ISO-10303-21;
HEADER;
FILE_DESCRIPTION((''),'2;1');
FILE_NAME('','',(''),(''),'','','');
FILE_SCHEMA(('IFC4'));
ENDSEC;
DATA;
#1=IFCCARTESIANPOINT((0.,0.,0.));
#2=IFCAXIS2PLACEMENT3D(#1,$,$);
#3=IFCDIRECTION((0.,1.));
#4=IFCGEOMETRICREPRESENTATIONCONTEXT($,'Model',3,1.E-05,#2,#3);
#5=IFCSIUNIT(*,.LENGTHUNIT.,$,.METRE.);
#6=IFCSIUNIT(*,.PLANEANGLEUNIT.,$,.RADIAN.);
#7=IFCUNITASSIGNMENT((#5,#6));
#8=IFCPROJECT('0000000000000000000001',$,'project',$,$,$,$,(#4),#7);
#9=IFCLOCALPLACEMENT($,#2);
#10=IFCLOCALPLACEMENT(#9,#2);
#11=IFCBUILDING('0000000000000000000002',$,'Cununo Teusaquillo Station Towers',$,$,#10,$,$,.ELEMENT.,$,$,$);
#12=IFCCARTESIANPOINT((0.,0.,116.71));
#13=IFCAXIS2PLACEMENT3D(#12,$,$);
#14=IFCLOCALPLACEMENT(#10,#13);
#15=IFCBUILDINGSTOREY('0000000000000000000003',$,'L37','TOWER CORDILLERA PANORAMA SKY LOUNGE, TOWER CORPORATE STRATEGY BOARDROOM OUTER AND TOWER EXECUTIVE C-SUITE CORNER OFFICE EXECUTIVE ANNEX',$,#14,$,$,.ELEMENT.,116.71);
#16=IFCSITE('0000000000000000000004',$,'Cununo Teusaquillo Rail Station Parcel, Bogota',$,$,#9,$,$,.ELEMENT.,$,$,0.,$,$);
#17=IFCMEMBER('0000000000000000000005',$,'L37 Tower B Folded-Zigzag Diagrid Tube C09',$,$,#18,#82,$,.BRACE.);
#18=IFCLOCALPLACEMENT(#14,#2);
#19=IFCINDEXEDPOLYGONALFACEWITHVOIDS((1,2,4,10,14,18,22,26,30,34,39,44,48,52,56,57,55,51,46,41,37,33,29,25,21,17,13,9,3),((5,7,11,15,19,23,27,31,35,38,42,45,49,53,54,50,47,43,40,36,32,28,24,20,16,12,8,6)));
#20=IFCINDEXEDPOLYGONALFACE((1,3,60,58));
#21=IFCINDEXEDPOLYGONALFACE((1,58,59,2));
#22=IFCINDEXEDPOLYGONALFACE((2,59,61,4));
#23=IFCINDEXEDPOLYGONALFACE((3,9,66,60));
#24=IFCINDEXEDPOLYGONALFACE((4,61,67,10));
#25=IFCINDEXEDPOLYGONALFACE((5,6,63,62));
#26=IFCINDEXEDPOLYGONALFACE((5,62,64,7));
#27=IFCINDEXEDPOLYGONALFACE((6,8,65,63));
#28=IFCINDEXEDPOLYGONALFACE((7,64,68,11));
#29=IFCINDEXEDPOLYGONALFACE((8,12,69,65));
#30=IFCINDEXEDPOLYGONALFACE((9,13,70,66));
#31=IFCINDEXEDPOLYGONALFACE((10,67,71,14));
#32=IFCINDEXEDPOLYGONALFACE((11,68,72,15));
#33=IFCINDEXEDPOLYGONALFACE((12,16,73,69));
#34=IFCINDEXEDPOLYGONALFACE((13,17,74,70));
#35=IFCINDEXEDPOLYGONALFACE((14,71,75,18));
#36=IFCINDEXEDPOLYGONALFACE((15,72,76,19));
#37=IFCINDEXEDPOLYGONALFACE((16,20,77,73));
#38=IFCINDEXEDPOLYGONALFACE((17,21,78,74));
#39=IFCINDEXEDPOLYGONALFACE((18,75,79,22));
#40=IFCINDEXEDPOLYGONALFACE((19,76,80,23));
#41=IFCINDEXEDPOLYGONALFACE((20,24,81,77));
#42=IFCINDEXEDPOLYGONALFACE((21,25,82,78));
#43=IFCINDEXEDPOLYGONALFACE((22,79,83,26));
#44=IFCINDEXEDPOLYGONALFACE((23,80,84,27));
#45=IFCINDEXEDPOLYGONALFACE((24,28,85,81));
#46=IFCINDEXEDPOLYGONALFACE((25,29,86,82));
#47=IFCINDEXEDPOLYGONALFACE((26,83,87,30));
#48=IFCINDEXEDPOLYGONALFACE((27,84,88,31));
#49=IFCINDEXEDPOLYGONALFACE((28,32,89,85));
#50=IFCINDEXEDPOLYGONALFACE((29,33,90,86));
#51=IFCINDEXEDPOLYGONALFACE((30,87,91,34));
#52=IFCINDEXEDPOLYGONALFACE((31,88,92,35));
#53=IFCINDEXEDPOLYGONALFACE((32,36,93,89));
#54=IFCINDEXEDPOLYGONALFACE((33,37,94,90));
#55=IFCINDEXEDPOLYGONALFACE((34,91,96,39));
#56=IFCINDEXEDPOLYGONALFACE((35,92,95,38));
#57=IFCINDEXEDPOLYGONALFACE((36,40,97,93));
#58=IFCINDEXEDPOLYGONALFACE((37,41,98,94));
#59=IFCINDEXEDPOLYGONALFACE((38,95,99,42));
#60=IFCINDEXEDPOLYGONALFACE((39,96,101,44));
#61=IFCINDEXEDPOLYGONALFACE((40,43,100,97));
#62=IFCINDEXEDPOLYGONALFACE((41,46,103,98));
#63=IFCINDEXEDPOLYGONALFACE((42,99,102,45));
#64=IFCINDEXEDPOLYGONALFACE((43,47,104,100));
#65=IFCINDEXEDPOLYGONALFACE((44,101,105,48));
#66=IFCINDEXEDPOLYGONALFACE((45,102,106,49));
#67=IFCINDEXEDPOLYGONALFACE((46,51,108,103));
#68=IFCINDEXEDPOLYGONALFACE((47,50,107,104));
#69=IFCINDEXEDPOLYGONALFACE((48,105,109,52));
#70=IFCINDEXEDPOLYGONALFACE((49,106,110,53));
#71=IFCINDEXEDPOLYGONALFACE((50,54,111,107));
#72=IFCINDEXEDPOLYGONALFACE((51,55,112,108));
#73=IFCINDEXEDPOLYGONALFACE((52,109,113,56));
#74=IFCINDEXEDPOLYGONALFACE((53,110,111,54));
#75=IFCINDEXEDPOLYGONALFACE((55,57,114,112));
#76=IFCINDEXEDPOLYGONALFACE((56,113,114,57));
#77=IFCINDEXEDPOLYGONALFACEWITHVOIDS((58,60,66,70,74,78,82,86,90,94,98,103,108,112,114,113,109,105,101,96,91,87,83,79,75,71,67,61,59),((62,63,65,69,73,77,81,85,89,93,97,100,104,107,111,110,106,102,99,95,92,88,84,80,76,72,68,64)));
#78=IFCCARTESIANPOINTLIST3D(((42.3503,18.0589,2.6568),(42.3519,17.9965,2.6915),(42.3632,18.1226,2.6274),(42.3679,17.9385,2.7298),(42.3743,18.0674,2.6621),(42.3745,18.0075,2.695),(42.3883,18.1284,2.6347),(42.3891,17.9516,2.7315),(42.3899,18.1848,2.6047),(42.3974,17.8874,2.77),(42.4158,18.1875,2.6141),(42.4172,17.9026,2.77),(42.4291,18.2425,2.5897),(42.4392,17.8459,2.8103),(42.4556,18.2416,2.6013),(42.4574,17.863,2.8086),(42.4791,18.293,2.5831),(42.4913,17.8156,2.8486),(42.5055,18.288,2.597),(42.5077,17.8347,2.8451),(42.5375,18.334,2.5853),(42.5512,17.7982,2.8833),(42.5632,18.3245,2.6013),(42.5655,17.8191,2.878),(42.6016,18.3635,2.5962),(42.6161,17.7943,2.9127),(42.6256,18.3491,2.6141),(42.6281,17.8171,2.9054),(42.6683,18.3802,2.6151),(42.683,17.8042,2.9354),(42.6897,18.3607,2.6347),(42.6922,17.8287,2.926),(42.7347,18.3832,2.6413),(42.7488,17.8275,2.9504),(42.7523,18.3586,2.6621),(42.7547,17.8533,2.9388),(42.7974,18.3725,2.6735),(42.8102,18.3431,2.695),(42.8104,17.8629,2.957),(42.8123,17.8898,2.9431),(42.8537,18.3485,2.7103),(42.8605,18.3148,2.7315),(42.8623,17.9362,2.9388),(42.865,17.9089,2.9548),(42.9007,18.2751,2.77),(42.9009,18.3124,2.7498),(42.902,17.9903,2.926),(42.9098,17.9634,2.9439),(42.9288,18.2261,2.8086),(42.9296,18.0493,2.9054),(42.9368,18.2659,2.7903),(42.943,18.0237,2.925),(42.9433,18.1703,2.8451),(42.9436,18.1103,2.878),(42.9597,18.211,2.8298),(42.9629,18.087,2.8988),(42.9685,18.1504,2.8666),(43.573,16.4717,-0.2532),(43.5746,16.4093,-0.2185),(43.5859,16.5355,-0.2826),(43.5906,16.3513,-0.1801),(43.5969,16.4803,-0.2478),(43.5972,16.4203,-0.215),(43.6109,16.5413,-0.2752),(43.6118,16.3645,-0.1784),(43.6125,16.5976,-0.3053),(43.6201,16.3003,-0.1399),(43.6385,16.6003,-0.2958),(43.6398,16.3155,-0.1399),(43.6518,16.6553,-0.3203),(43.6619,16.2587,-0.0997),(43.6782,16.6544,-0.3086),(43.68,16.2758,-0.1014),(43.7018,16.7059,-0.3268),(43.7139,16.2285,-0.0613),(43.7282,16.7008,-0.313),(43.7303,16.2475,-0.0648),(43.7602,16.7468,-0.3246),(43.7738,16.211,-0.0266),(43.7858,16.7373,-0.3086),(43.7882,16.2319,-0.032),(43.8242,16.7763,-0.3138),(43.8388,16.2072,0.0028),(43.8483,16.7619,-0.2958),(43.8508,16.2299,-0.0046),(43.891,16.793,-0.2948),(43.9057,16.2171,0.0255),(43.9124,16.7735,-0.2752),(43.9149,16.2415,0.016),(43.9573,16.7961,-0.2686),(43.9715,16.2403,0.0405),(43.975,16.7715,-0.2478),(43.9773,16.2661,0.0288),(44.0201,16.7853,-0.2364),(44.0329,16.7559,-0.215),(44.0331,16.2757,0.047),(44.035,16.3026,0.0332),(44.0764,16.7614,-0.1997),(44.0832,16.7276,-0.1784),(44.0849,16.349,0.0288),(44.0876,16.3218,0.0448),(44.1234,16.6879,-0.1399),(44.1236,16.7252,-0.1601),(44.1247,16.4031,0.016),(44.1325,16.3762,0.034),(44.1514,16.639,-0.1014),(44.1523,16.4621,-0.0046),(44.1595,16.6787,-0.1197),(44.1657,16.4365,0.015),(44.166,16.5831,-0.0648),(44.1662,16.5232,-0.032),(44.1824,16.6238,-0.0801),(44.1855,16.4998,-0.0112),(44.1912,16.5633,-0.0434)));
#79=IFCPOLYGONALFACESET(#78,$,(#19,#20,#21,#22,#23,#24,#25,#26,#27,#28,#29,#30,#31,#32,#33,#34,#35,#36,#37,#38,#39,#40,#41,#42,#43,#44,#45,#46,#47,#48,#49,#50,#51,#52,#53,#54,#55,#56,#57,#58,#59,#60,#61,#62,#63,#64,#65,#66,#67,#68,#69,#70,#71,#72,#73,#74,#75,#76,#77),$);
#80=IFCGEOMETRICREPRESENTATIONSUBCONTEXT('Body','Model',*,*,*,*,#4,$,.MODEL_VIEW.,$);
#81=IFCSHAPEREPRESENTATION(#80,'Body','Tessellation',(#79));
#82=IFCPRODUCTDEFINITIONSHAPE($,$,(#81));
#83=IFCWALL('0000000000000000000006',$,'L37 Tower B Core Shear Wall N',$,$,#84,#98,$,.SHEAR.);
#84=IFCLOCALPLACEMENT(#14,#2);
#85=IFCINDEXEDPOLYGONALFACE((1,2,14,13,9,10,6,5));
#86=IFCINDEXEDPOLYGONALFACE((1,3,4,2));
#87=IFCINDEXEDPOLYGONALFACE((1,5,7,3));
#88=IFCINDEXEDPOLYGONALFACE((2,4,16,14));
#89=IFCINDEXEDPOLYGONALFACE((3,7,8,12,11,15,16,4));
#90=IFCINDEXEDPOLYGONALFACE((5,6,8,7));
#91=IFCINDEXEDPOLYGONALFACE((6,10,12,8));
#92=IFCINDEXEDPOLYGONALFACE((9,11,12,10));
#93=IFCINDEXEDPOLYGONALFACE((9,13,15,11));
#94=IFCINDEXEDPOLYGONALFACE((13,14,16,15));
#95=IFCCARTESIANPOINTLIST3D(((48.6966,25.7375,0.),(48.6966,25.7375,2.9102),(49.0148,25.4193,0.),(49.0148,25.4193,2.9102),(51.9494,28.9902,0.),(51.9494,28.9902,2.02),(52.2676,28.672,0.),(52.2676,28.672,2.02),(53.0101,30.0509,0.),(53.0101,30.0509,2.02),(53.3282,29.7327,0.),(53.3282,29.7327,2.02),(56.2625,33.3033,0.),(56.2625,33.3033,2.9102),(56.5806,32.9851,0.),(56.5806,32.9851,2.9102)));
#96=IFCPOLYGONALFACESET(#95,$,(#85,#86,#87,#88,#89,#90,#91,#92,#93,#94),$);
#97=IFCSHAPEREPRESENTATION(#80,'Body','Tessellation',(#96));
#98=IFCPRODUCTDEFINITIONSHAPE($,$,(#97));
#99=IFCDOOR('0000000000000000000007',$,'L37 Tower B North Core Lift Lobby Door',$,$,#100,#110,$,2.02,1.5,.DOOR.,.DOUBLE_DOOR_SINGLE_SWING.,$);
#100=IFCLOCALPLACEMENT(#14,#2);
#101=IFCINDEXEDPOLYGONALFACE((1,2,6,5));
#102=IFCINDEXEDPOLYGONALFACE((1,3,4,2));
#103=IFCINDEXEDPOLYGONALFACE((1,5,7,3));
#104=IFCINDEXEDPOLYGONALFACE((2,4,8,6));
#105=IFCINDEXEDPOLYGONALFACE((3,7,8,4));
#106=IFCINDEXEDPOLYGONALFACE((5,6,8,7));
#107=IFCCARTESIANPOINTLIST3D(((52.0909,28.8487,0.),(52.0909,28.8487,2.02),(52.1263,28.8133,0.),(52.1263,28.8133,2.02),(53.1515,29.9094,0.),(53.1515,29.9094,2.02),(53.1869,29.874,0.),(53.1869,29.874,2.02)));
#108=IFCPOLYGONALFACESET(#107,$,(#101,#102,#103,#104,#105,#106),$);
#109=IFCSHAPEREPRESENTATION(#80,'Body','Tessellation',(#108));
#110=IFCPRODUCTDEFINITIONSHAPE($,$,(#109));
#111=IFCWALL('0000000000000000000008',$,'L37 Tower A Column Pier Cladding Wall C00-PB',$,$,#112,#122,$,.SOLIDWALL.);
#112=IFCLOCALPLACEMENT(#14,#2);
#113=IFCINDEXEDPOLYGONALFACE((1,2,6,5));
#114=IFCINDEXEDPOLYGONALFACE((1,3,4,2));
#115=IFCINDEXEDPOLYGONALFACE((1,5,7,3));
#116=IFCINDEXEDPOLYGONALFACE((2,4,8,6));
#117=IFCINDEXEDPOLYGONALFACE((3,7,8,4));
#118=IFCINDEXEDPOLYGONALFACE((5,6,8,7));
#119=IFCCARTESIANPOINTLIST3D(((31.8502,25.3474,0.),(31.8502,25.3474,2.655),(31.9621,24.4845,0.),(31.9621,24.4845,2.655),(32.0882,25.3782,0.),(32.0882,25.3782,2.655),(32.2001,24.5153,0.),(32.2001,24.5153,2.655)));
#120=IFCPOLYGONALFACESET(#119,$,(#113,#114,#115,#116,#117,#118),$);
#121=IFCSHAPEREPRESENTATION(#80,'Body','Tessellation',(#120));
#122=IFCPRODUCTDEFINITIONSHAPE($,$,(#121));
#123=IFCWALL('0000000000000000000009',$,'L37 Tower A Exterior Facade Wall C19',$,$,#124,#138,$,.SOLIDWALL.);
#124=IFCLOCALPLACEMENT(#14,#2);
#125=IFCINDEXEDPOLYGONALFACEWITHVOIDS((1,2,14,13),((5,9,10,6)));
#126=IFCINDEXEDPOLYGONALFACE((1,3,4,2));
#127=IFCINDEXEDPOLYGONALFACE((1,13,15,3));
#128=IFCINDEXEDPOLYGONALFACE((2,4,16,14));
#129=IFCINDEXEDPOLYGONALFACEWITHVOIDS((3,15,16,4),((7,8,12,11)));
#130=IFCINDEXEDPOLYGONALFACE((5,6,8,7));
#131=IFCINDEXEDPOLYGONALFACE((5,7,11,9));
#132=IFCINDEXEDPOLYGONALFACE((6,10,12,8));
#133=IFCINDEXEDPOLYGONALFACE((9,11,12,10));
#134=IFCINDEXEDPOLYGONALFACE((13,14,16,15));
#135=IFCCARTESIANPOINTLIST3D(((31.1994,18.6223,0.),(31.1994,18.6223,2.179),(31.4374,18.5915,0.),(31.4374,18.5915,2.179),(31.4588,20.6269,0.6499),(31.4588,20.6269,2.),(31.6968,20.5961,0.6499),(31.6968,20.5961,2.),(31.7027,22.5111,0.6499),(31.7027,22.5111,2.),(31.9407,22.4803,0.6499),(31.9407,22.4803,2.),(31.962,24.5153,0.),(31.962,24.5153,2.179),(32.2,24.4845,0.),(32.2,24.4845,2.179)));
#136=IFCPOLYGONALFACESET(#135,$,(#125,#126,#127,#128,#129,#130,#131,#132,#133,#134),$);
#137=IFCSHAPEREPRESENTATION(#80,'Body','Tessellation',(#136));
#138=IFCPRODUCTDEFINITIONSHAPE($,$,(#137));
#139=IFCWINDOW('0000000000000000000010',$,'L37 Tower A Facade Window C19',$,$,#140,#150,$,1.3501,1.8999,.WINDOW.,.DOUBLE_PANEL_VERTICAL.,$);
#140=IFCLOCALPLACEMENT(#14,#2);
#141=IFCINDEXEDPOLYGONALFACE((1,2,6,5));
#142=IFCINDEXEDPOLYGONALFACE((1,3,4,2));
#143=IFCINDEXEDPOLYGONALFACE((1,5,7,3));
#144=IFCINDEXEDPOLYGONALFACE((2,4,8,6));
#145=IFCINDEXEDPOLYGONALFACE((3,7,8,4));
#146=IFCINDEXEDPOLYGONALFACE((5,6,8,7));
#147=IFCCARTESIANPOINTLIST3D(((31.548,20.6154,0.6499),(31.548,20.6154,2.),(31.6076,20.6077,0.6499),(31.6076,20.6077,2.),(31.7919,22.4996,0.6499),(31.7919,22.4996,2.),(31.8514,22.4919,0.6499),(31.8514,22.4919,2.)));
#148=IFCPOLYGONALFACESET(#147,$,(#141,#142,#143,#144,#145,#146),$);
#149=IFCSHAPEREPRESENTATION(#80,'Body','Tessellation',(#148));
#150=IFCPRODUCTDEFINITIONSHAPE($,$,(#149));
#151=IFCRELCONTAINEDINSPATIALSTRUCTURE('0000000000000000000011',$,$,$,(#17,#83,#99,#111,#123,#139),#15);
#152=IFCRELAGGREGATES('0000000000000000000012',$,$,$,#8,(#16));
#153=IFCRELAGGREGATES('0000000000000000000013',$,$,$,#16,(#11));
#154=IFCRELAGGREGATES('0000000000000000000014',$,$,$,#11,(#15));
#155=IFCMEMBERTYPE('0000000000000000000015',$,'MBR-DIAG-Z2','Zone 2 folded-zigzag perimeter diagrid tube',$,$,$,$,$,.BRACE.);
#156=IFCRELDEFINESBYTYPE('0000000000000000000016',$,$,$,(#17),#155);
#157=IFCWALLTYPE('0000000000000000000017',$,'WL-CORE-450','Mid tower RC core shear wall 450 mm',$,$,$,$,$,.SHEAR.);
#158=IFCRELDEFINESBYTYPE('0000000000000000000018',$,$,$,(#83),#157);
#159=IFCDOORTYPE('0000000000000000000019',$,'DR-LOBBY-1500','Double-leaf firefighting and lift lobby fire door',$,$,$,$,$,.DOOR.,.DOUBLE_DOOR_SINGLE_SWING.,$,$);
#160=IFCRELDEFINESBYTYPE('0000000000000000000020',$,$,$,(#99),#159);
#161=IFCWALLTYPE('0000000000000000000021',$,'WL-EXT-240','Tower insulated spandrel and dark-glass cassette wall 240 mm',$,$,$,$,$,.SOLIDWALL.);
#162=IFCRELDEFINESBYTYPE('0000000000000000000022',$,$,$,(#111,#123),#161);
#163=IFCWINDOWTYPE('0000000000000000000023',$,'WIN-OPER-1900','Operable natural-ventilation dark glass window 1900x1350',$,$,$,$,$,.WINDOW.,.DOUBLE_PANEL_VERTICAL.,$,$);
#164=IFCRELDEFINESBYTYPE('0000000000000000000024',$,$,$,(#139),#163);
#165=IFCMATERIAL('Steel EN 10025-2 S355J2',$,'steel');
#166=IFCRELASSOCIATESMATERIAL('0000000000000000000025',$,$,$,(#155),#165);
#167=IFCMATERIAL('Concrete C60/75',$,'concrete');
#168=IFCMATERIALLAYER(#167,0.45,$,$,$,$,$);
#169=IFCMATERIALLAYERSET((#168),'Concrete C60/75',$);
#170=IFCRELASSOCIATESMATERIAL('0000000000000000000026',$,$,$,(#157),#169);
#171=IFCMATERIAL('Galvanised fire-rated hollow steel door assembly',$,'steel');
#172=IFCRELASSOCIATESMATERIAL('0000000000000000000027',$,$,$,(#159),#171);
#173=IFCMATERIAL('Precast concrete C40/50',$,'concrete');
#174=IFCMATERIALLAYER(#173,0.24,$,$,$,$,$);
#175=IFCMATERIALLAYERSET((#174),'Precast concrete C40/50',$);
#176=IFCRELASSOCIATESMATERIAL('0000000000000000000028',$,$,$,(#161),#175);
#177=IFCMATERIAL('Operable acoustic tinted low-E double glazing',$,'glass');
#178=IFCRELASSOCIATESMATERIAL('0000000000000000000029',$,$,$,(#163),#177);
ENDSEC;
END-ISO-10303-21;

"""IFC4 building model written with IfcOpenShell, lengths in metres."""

from ifc_helpers import new_model, si_unit, direction, frame, frame_2d, origin, origin_2d, place, context, subcontext, project, spatial, rectangle, hollow_circle, extrude, source, transform, mapped, material, layer, layer_set, material_profile, profile_set, type_object, element, fill, save


model = new_model("IFC4")

# Units and contexts
model_context = context("Model", 3, precision=1e-05, world=origin(), true_north=direction((0.0, 1.0)))
body_context = subcontext(model_context, "Body", "Model", "MODEL_VIEW")
ifc_project = project(units=[si_unit("LENGTHUNIT", "METRE"), si_unit("PLANEANGLEUNIT", "RADIAN")], contexts=[model_context])

# Site, building, storey
site_placement = place(None, origin())
site = spatial("IfcSite", under=ifc_project, at=site_placement, Name="Cununo Teusaquillo Rail Station Parcel, Bogota", CompositionType="ELEMENT", RefElevation=0.0)
building_placement = place(site_placement, origin())
building = spatial("IfcBuilding", under=site, at=building_placement, Name="Cununo Teusaquillo Station Towers", CompositionType="ELEMENT")
storey_placement = place(building_placement, frame((0.0, 0.0, 116.71)))
storey = spatial("IfcBuildingStorey", under=building, at=storey_placement, Name="L37", Description="TOWER CORDILLERA PANORAMA SKY LOUNGE, TOWER CORPORATE STRATEGY BOARDROOM OUTER AND TOWER EXECUTIVE C-SUITE CORNER OFFICE EXECUTIVE ANNEX", CompositionType="ELEMENT", Elevation=116.71)

# Member
ifc_material_1 = material(Name="Steel EN 10025-2 S355J2", Category="steel")
ifc_material_profile_1 = material_profile(ifc_material_1, hollow_circle(Radius=0.3301, WallThickness=0.0249, at=origin_2d()), Name="CHS 660x25")
ifc_profile_set_1 = profile_set([ifc_material_profile_1], Name="Steel EN 10025-2 S355J2")
member_type_1 = type_object("IfcMemberType", Name="MBR-DIAG-Z2", Description="Zone 2 folded-zigzag perimeter diagrid tube", PredefinedType="BRACE", material=ifc_profile_set_1)
member_1_placement = place(storey_placement, frame((43.8816, 16.5017, -0.1399), z_axis=(-0.346075, 0.449248, 0.823656), x_axis=(-0.792198, -0.610264, 0.0)))
element("IfcMember", 1, at=member_1_placement, inside=storey, type_object=member_type_1, Name="L37 Tower B Folded-Zigzag Diagrid Tube C09", PredefinedType="BRACE", context=body_context, shape_type="SweptSolid", body=[
    extrude(hollow_circle(Radius=0.3301, WallThickness=0.0249, at=origin_2d()), origin(), (0.0, 0.0, 1.0), 3.533),
])

# Wall, opening, door
ifc_material_2 = material(Name="Concrete C60/75", Category="concrete")
ifc_layer_1 = layer(ifc_material_2, 0.45)
ifc_layer_set_1 = layer_set([ifc_layer_1], Name="Concrete C60/75")
wall_type_1 = type_object("IfcWallType", Name="WL-CORE-450", Description="Mid tower RC core shear wall 450 mm", PredefinedType="SHEAR", material=ifc_layer_set_1)
wall_1_placement = place(storey_placement, frame((48.8557, 25.5784, 0.0), z_axis=(0.0, 0.0, 1.0), x_axis=(0.707107, 0.707107, 0.0)))
wall_1 = element("IfcWall", 2, at=wall_1_placement, inside=storey, type_object=wall_type_1, Name="L37 Tower B Core Shear Wall N", PredefinedType="SHEAR", context=body_context, shape_type="SweptSolid", body=[
    extrude(rectangle(XDim=10.6997, YDim=0.45, at=frame_2d((5.3499, 0.0))), origin(), (0.0, 0.0, 1.0), 2.9102),
])
shared_shape_1 = source(origin(), body_context, "Body", "SweptSolid", [
    extrude(rectangle(XDim=1.5, YDim=2.02, at=frame_2d((0.75, 1.01))), frame((0.0, 0.2349, 0.0), z_axis=(0.0, -1.0, 0.0), x_axis=(1.0, 0.0, 0.0)), (0.0, 0.0, 1.0), 0.47),
])
opening_1_placement = place(wall_1_placement, frame((4.6001, 0.0, 0.0)))
opening_1 = element("IfcOpeningElement", 3, at=opening_1_placement, cuts=wall_1, PredefinedType="OPENING", context=body_context, shape_type="MappedRepresentation", body=[
    mapped(shared_shape_1, transform((0.0, 0.0, 0.0), x_axis=(1.0, 0.0, 0.0), y_axis=(0.0, 1.0, 0.0), z_axis=(0.0, 0.0, 1.0), scale=1.0)),
])
ifc_material_3 = material(Name="Galvanised fire-rated hollow steel door assembly", Category="steel")
door_type_1 = type_object("IfcDoorType", Name="DR-LOBBY-1500", Description="Double-leaf firefighting and lift lobby fire door", OperationType="DOUBLE_DOOR_SINGLE_SWING", PredefinedType="DOOR", material=ifc_material_3)
shared_shape_2 = source(origin(), body_context, "Body", "SweptSolid", [
    extrude(rectangle(XDim=1.5, YDim=2.02, at=frame_2d((0.75, 1.01))), frame((0.0, 0.0249, 0.0), z_axis=(0.0, -1.0, 0.0), x_axis=(1.0, 0.0, 0.0)), (0.0, 0.0, 1.0), 0.05),
])
door_1_placement = place(opening_1_placement, origin())
door_1 = element("IfcDoor", 4, at=door_1_placement, inside=storey, type_object=door_type_1, Name="L37 Tower B North Core Lift Lobby Door", OperationType="DOUBLE_DOOR_SINGLE_SWING", OverallHeight=2.02, OverallWidth=1.5, PredefinedType="DOOR", context=body_context, shape_type="MappedRepresentation", body=[
    mapped(shared_shape_2, transform((0.0, 0.0, 0.0), x_axis=(1.0, 0.0, 0.0), y_axis=(0.0, 1.0, 0.0), z_axis=(0.0, 0.0, 1.0), scale=1.0)),
])
fill(opening_1, door_1)

# Wall
ifc_material_4 = material(Name="Precast concrete C40/50", Category="concrete")
ifc_layer_2 = layer(ifc_material_4, 0.24)
ifc_layer_set_2 = layer_set([ifc_layer_2], Name="Precast concrete C40/50")
wall_type_2 = type_object("IfcWallType", Name="WL-EXT-240", Description="Tower insulated spandrel and dark-glass cassette wall 240 mm", PredefinedType="SOLIDWALL", material=ifc_layer_set_2)
wall_2_placement = place(storey_placement, frame((31.9692, 25.3628, 0.0), z_axis=(0.0, 0.0, 1.0), x_axis=(0.128523, -0.991706, 0.0)))
element("IfcWall", 5, at=wall_2_placement, inside=storey, type_object=wall_type_2, Name="L37 Tower A Column Pier Cladding Wall C00-PB", PredefinedType="SOLIDWALL", context=body_context, shape_type="SweptSolid", body=[
    extrude(rectangle(XDim=0.8701, YDim=0.24, at=frame_2d((0.4351, 0.0))), origin(), (0.0, 0.0, 1.0), 2.655),
])

# Wall, opening, window
wall_3_placement = place(storey_placement, frame((32.0811, 24.5, 0.0), z_axis=(0.0, 0.0, 1.0), x_axis=(-0.128352, -0.991729, 0.0)))
wall_3 = element("IfcWall", 6, at=wall_3_placement, inside=storey, type_object=wall_type_2, Name="L37 Tower A Exterior Facade Wall C19", PredefinedType="SOLIDWALL", context=body_context, shape_type="SweptSolid", body=[
    extrude(rectangle(XDim=5.9421, YDim=0.24, at=frame_2d((2.9712, 0.0))), origin(), (0.0, 0.0, 1.0), 2.179),
])
shared_shape_3 = source(origin(), body_context, "Body", "SweptSolid", [
    extrude(rectangle(XDim=1.8999, YDim=1.3501, at=frame_2d((0.95, 0.675))), frame((0.0, 0.1299, 0.0), z_axis=(0.0, -1.0, 0.0), x_axis=(1.0, 0.0, 0.0)), (0.0, 0.0, 1.0), 0.26),
])
opening_2_placement = place(wall_3_placement, frame((2.021, 0.0, 0.6499)))
opening_2 = element("IfcOpeningElement", 7, at=opening_2_placement, cuts=wall_3, PredefinedType="OPENING", context=body_context, shape_type="MappedRepresentation", body=[
    mapped(shared_shape_3, transform((0.0, 0.0, 0.0), x_axis=(1.0, 0.0, 0.0), y_axis=(0.0, 1.0, 0.0), z_axis=(0.0, 0.0, 1.0), scale=1.0)),
])
ifc_material_5 = material(Name="Operable acoustic tinted low-E double glazing", Category="glass")
window_type_1 = type_object("IfcWindowType", Name="WIN-OPER-1900", Description="Operable natural-ventilation dark glass window 1900x1350", PartitioningType="DOUBLE_PANEL_VERTICAL", PredefinedType="WINDOW", material=ifc_material_5)
shared_shape_4 = source(origin(), body_context, "Body", "SweptSolid", [
    extrude(rectangle(XDim=1.8999, YDim=1.3501, at=frame_2d((0.95, 0.675))), frame((0.0, 0.03, 0.0), z_axis=(0.0, -1.0, 0.0), x_axis=(1.0, 0.0, 0.0)), (0.0, 0.0, 1.0), 0.0601),
])
window_1_placement = place(opening_2_placement, origin())
window_1 = element("IfcWindow", 8, at=window_1_placement, inside=storey, type_object=window_type_1, Name="L37 Tower A Facade Window C19", OverallHeight=1.3501, OverallWidth=1.8999, PartitioningType="DOUBLE_PANEL_VERTICAL", PredefinedType="WINDOW", context=body_context, shape_type="MappedRepresentation", body=[
    mapped(shared_shape_4, transform((0.0, 0.0, 0.0), x_axis=(1.0, 0.0, 0.0), y_axis=(0.0, 1.0, 0.0), z_axis=(0.0, 0.0, 1.0), scale=1.0)),
])
fill(opening_2, window_1)

save(model, "model.ifc")
